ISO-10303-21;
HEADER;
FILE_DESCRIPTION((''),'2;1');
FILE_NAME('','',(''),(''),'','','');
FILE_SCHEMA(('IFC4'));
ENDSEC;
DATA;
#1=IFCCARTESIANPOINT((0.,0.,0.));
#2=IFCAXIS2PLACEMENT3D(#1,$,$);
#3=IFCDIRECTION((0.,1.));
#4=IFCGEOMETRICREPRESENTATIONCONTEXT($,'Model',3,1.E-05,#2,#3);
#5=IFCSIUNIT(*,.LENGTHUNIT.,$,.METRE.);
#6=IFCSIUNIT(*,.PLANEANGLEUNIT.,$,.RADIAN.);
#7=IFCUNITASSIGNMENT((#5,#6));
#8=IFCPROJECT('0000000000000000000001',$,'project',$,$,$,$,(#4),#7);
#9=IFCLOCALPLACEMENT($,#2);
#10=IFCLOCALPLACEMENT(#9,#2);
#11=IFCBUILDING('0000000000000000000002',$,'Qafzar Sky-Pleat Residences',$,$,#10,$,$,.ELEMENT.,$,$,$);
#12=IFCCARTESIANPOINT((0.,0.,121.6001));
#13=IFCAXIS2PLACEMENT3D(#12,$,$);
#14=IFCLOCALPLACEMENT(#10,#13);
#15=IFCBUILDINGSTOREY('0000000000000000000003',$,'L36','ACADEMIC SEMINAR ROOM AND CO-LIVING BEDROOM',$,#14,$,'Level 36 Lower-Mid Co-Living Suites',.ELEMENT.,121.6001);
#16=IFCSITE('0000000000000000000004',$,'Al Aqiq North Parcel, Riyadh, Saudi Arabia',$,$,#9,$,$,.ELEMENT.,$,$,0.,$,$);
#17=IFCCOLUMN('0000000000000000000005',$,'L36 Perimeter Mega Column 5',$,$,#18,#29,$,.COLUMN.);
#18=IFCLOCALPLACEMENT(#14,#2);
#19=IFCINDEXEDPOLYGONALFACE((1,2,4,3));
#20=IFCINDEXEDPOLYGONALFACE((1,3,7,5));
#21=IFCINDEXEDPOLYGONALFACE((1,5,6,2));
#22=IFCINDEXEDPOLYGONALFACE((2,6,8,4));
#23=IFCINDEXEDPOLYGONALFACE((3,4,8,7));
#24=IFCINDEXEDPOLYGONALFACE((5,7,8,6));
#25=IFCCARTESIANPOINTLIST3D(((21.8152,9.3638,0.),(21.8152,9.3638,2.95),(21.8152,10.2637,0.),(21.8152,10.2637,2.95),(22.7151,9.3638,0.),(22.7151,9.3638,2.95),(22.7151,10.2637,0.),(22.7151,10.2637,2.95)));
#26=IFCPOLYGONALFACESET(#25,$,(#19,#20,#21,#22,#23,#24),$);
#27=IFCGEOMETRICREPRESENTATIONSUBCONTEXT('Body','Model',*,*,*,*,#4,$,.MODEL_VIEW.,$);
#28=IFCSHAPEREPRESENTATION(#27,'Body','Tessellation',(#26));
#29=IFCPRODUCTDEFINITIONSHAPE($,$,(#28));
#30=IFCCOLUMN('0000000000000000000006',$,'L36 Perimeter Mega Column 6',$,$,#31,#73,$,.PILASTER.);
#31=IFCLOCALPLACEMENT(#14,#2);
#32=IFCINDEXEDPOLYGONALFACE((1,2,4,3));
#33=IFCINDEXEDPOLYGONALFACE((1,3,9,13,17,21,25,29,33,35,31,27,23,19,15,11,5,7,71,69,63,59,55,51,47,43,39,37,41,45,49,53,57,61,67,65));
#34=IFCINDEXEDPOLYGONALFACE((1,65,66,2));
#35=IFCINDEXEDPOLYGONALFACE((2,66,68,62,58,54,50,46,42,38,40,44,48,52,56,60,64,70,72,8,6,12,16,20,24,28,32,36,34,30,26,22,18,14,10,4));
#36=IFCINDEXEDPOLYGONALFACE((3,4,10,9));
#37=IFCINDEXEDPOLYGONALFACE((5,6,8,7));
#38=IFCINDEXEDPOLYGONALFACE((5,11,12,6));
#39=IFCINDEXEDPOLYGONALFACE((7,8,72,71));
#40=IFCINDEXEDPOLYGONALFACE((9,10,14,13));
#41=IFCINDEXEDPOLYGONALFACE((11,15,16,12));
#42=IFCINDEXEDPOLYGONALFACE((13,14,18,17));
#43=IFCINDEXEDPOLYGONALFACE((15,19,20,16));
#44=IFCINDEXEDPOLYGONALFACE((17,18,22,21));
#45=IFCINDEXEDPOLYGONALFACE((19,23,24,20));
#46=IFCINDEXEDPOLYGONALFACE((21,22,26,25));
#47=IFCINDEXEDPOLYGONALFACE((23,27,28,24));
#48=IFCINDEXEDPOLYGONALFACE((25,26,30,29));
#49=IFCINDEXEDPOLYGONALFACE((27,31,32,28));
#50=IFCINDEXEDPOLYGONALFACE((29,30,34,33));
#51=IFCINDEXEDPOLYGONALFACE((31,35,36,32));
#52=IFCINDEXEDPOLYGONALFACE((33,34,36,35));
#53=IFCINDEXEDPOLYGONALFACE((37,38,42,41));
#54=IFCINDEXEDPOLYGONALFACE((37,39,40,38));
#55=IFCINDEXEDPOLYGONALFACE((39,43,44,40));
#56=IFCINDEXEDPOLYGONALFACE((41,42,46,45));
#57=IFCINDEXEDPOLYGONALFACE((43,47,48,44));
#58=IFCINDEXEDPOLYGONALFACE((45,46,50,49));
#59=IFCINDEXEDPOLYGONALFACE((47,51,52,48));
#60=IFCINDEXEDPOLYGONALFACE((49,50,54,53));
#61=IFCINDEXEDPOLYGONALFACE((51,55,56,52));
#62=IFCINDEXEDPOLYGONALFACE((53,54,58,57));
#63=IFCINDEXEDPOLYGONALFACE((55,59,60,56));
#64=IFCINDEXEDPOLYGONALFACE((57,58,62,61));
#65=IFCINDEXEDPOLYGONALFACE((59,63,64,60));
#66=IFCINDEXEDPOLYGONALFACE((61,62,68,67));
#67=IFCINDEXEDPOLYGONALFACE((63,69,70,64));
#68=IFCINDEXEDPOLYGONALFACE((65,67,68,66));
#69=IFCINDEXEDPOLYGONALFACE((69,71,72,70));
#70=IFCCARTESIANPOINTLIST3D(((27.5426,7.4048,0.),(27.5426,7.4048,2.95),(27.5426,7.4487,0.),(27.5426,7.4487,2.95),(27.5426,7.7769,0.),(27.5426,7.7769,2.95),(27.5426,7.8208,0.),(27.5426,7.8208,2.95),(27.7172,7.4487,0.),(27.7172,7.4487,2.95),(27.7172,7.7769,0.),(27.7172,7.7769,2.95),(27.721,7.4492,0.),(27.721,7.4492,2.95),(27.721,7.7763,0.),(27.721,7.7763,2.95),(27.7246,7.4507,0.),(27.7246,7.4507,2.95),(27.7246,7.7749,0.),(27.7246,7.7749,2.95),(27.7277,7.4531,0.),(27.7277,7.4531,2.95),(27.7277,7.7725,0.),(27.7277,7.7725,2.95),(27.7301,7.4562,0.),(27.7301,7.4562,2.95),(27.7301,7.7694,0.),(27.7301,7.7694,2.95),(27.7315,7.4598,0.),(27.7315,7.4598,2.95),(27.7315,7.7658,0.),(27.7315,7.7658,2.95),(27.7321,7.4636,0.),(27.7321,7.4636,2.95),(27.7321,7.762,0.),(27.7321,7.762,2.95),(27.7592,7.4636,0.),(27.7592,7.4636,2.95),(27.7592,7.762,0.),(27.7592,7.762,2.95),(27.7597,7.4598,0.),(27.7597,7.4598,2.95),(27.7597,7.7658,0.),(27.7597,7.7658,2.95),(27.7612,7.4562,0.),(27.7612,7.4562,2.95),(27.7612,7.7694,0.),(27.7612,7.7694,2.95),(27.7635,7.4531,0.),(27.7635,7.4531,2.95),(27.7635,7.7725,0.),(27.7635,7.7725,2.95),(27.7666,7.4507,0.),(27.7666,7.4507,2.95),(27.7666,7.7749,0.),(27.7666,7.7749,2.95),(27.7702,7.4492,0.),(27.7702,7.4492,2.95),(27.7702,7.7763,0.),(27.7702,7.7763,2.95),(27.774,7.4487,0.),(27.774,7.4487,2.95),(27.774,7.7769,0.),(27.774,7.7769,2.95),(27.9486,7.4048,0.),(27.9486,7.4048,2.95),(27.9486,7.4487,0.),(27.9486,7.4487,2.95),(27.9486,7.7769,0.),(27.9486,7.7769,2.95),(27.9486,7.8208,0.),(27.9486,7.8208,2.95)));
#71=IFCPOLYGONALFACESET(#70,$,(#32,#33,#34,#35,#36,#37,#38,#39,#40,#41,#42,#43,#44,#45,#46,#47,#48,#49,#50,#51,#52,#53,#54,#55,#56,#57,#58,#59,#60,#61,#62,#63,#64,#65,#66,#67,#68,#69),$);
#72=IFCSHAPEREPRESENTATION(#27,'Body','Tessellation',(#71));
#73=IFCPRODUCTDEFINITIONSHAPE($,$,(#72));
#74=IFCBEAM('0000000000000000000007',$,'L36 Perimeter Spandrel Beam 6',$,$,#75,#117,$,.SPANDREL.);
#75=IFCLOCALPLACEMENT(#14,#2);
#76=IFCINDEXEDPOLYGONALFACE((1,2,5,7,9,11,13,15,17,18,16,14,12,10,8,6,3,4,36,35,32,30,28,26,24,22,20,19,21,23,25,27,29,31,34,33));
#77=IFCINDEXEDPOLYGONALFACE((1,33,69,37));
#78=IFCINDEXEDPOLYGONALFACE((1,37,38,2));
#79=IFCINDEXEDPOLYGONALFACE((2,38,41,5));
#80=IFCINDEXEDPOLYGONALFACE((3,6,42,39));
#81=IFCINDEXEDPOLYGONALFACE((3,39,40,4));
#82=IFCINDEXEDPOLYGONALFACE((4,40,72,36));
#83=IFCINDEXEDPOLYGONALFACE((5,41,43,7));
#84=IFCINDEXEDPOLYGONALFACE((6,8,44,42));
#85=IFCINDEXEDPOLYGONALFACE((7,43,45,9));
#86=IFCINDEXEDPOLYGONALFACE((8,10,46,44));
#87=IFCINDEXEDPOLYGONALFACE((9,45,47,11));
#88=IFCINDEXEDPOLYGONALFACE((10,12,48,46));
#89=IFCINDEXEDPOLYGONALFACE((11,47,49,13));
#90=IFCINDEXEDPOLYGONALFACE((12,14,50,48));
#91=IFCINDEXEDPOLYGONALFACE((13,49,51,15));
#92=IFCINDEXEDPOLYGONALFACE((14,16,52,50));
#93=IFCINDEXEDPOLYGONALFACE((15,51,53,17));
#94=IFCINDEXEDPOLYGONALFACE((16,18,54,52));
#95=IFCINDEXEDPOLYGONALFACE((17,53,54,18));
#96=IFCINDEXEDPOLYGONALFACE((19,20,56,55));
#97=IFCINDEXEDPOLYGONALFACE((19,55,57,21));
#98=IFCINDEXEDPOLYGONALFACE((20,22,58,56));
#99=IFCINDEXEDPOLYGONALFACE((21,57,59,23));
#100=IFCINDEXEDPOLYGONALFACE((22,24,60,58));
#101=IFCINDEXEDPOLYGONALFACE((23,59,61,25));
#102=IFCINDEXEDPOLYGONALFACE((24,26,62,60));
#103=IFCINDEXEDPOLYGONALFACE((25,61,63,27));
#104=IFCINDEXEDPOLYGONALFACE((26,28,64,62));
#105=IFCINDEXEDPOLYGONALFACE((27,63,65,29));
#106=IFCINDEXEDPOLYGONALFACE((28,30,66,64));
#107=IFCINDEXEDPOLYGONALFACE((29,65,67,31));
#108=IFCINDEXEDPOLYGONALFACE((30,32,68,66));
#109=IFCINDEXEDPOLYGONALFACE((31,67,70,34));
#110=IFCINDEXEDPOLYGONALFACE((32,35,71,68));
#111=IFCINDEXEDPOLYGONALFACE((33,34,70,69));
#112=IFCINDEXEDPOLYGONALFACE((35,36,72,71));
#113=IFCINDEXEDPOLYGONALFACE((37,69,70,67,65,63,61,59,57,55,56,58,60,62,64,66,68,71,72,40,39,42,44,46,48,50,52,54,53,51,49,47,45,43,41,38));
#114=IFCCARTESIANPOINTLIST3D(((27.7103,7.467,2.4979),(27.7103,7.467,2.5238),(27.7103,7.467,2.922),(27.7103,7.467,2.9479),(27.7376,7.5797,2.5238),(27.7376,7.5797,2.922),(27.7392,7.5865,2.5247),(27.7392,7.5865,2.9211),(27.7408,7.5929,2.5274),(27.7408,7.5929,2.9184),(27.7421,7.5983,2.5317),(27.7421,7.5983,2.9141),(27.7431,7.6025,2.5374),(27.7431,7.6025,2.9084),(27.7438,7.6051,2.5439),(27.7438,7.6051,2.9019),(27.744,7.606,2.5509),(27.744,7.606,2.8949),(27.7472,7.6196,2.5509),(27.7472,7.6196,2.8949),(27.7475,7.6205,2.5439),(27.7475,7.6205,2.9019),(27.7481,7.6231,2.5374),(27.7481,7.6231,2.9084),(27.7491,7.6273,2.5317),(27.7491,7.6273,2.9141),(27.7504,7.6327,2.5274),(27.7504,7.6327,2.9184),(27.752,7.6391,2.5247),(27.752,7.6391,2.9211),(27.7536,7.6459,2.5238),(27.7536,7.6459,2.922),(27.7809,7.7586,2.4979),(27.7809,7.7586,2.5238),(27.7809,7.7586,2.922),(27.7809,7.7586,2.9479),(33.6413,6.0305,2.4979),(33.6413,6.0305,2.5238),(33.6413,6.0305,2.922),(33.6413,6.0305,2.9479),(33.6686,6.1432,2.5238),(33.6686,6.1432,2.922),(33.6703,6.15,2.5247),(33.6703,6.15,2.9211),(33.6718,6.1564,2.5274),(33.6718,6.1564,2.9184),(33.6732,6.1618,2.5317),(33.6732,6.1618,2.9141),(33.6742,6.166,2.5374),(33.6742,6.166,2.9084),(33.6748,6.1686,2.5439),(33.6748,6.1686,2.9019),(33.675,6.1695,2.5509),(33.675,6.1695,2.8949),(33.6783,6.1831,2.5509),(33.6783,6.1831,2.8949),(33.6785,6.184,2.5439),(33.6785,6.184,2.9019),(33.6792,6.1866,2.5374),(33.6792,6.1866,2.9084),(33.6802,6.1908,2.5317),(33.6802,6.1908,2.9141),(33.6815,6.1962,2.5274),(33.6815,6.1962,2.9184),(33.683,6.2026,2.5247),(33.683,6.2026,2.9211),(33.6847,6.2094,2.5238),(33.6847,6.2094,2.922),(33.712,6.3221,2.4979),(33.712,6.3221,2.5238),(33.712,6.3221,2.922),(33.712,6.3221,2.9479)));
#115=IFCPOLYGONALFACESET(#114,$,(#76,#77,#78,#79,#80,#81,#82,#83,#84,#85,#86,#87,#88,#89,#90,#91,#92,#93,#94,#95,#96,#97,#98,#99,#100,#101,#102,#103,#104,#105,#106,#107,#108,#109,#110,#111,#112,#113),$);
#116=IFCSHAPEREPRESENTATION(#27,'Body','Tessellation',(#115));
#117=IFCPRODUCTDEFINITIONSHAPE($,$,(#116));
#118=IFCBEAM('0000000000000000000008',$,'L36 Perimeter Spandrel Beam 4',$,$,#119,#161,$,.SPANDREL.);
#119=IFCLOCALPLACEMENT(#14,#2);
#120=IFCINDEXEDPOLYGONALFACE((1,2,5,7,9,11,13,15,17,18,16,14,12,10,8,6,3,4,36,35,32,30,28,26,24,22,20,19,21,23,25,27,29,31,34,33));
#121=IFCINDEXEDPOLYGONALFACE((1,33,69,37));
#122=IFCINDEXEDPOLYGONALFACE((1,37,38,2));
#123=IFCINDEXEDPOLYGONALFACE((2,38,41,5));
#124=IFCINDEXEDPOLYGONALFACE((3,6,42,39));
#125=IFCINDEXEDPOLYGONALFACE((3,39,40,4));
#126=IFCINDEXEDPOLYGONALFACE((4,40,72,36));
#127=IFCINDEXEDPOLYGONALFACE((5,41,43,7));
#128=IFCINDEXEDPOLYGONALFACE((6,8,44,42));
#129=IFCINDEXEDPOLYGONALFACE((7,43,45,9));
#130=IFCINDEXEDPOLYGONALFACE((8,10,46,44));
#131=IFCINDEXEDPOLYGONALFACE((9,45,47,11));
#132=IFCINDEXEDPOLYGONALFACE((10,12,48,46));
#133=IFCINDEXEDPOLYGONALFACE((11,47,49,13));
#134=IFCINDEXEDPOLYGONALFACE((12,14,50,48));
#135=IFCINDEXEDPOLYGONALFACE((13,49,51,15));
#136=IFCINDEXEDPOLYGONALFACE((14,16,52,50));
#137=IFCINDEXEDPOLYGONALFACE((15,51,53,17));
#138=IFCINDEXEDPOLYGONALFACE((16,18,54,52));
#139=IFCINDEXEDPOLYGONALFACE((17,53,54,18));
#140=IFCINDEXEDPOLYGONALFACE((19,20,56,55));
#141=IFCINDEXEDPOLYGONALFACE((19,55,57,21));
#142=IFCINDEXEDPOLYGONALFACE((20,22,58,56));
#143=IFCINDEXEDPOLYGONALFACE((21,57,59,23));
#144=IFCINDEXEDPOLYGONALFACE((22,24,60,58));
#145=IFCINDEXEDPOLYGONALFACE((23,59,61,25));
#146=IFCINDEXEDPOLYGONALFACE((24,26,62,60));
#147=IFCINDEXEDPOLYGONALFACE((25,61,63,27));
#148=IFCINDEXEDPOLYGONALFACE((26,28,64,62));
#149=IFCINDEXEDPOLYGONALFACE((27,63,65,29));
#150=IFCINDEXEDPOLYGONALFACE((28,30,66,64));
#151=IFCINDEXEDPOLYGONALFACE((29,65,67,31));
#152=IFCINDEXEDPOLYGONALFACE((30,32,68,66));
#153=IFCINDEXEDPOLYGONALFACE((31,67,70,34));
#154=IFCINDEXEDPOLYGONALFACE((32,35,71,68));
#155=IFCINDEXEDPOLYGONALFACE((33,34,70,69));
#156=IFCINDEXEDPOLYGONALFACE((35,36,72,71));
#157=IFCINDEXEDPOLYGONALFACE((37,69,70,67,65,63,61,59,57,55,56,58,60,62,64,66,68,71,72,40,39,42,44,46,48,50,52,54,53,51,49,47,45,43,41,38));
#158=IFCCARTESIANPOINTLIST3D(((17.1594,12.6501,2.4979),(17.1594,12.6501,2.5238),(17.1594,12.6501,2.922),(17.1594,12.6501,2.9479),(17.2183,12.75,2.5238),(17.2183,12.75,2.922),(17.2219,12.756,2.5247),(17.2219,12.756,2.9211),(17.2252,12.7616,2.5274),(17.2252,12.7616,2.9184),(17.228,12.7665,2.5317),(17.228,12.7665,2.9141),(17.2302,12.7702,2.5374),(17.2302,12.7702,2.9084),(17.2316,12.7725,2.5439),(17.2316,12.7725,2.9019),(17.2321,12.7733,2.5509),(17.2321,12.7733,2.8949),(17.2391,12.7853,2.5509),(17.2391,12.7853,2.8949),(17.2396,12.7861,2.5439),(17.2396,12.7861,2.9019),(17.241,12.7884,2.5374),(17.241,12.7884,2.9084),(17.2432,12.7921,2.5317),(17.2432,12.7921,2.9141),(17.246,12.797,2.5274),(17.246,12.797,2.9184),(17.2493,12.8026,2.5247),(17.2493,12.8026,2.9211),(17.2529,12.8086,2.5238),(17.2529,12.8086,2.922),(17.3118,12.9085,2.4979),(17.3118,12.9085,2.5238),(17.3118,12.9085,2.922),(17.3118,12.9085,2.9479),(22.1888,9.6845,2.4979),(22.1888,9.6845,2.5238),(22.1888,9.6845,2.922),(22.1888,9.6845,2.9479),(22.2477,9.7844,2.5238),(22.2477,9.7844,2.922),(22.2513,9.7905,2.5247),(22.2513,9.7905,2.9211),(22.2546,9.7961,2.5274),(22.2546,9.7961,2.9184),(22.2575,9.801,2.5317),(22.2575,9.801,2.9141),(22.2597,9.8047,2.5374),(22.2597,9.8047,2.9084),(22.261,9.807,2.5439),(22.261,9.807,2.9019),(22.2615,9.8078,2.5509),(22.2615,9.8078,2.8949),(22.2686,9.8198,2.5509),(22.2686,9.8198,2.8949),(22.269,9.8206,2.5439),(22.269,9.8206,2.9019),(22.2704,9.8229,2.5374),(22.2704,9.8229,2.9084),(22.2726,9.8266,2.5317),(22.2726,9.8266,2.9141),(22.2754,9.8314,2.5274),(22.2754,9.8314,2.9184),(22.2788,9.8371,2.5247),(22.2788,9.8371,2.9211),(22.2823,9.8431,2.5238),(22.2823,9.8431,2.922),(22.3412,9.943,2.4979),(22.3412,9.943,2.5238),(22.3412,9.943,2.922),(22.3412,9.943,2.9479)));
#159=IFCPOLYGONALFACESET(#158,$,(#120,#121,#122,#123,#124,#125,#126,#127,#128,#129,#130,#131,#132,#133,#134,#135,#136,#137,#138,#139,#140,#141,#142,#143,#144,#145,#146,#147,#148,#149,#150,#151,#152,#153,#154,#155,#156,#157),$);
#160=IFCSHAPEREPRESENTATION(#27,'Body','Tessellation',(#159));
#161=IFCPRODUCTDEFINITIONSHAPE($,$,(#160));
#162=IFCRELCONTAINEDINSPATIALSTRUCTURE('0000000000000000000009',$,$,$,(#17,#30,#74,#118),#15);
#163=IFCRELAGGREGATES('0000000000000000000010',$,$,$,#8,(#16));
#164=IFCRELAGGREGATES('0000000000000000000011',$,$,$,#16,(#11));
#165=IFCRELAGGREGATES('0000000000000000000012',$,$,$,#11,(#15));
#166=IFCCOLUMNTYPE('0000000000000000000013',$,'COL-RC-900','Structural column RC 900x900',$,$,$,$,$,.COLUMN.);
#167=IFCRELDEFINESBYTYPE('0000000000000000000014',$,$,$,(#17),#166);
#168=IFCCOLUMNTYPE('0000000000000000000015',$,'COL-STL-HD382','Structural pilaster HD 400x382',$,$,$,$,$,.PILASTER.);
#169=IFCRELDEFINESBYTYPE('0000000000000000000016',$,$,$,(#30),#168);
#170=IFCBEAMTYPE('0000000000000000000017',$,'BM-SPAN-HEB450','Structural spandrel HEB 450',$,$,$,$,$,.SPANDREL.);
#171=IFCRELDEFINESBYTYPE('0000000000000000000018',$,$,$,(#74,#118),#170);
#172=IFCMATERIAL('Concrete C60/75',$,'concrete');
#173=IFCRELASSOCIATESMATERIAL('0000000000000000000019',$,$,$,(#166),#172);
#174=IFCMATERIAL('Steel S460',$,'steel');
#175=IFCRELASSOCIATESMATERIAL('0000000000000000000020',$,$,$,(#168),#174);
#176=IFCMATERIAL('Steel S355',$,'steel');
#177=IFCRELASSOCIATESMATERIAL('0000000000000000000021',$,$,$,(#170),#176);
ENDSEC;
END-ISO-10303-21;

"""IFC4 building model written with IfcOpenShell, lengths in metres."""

from ifc_helpers import new_model, si_unit, direction, frame, origin, origin_2d, place, context, subcontext, project, spatial, rectangle, i_section, extrude, source, transform, mapped, material, material_profile, profile_set, type_object, element, save


model = new_model("IFC4")

# Units and contexts
model_context = context("Model", 3, precision=1e-05, world=origin(), true_north=direction((0.0, 1.0)))
body_context = subcontext(model_context, "Body", "Model", "MODEL_VIEW")
ifc_project = project(units=[si_unit("LENGTHUNIT", "METRE"), si_unit("PLANEANGLEUNIT", "RADIAN")], contexts=[model_context])

# Site, building, storey
site_placement = place(None, origin())
site = spatial("IfcSite", under=ifc_project, at=site_placement, Name="Al Aqiq North Parcel, Riyadh, Saudi Arabia", CompositionType="ELEMENT", RefElevation=0.0)
building_placement = place(site_placement, origin())
building = spatial("IfcBuilding", under=site, at=building_placement, Name="Qafzar Sky-Pleat Residences", CompositionType="ELEMENT")
storey_placement = place(building_placement, frame((0.0, 0.0, 121.6001)))
storey = spatial("IfcBuildingStorey", under=building, at=storey_placement, Name="L36", Description="ACADEMIC SEMINAR ROOM AND CO-LIVING BEDROOM", LongName="Level 36 Lower-Mid Co-Living Suites", CompositionType="ELEMENT", Elevation=121.6001)

# Columns
ifc_material_1 = material(Name="Concrete C60/75", Category="concrete")
ifc_material_profile_1 = material_profile(ifc_material_1, rectangle(XDim=0.8999, YDim=0.8999, at=origin_2d()), Name="RC 900x900")
ifc_profile_set_1 = profile_set([ifc_material_profile_1], Name="Concrete C60/75")
column_type_1 = type_object("IfcColumnType", Name="COL-RC-900", Description="Structural column RC 900x900", PredefinedType="COLUMN", material=ifc_profile_set_1)
shared_shape_1 = source(origin(), body_context, "Body", "SweptSolid", [
    extrude(rectangle(XDim=0.8999, YDim=0.8999, at=origin_2d()), origin(), (0.0, 0.0, 1.0), 2.95),
])
column_1_placement = place(storey_placement, frame((22.2651, 9.8137, 0.0), z_axis=(0.0, 0.0, 1.0), x_axis=(1.0, 0.0, 0.0)))
element("IfcColumn", 1, at=column_1_placement, inside=storey, type_object=column_type_1, Name="L36 Perimeter Mega Column 5", PredefinedType="COLUMN", context=body_context, shape_type="MappedRepresentation", body=[
    mapped(shared_shape_1, transform((0.0, 0.0, 0.0), x_axis=(1.0, 0.0, 0.0), y_axis=(0.0, 1.0, 0.0), z_axis=(0.0, 0.0, 1.0), scale=1.0)),
])
ifc_material_2 = material(Name="Steel S460", Category="steel")
ifc_material_profile_2 = material_profile(ifc_material_2, i_section(OverallWidth=0.406, OverallDepth=0.416, WebThickness=0.0271, FlangeThickness=0.0439, FilletRadius=0.0149, at=origin_2d()), Name="HD 400x382")
ifc_profile_set_2 = profile_set([ifc_material_profile_2], Name="Steel S460")
column_type_2 = type_object("IfcColumnType", Name="COL-STL-HD382", Description="Structural pilaster HD 400x382", PredefinedType="PILASTER", material=ifc_profile_set_2)
shared_shape_2 = source(origin(), body_context, "Body", "SweptSolid", [
    extrude(i_section(OverallWidth=0.406, OverallDepth=0.416, WebThickness=0.0271, FlangeThickness=0.0439, FilletRadius=0.0149, at=origin_2d()), origin(), (0.0, 0.0, 1.0), 2.95),
])
column_2_placement = place(storey_placement, frame((27.7456, 7.6128, 0.0), z_axis=(0.0, 0.0, 1.0), x_axis=(1.0, 0.0, 0.0)))
element("IfcColumn", 2, at=column_2_placement, inside=storey, type_object=column_type_2, Name="L36 Perimeter Mega Column 6", PredefinedType="PILASTER", context=body_context, shape_type="MappedRepresentation", body=[
    mapped(shared_shape_2, transform((0.0, 0.0, 0.0), x_axis=(1.0, 0.0, 0.0), y_axis=(0.0, 1.0, 0.0), z_axis=(0.0, 0.0, 1.0), scale=1.0)),
])

# Beams
ifc_material_3 = material(Name="Steel S355", Category="steel")
ifc_material_profile_3 = material_profile(ifc_material_3, i_section(OverallWidth=0.3, OverallDepth=0.45, WebThickness=0.0139, FlangeThickness=0.0259, FilletRadius=0.0271, at=origin_2d()), Name="HEB 450")
ifc_profile_set_3 = profile_set([ifc_material_profile_3], Name="Steel S355")
beam_type_1 = type_object("IfcBeamType", Name="BM-SPAN-HEB450", Description="Structural spandrel HEB 450", PredefinedType="SPANDREL", material=ifc_profile_set_3)
shared_shape_3 = source(origin(), body_context, "Body", "SweptSolid", [
    extrude(i_section(OverallWidth=0.3, OverallDepth=0.45, WebThickness=0.0139, FlangeThickness=0.0259, FilletRadius=0.0271, at=origin_2d()), origin(), (0.0, 0.0, 1.0), 6.1025),
])
beam_1_placement = place(storey_placement, frame((27.7456, 7.6128, 2.7229), z_axis=(0.9719, -0.235394, 0.0), x_axis=(0.235394, 0.9719, 0.0)))
element("IfcBeam", 3, at=beam_1_placement, inside=storey, type_object=beam_type_1, Name="L36 Perimeter Spandrel Beam 6", PredefinedType="SPANDREL", context=body_context, shape_type="MappedRepresentation", body=[
    mapped(shared_shape_3, transform((0.0, 0.0, 0.0), x_axis=(1.0, 0.0, 0.0), y_axis=(0.0, 1.0, 0.0), z_axis=(0.0, 0.0, 1.0), scale=1.0)),
])
shared_shape_4 = source(origin(), body_context, "Body", "SweptSolid", [
    extrude(i_section(OverallWidth=0.3, OverallDepth=0.45, WebThickness=0.0139, FlangeThickness=0.0259, FilletRadius=0.0271, at=origin_2d()), origin(), (0.0, 0.0, 1.0), 5.8386),
])
beam_2_placement = place(storey_placement, frame((17.2356, 12.7793, 2.7229), z_axis=(0.861408, -0.507913, 0.0), x_axis=(0.507913, 0.861408, 0.0)))
element("IfcBeam", 4, at=beam_2_placement, inside=storey, type_object=beam_type_1, Name="L36 Perimeter Spandrel Beam 4", PredefinedType="SPANDREL", context=body_context, shape_type="MappedRepresentation", body=[
    mapped(shared_shape_4, transform((0.0, 0.0, 0.0), x_axis=(1.0, 0.0, 0.0), y_axis=(0.0, 1.0, 0.0), z_axis=(0.0, 0.0, 1.0), scale=1.0)),
])

save(model, "model.ifc")
